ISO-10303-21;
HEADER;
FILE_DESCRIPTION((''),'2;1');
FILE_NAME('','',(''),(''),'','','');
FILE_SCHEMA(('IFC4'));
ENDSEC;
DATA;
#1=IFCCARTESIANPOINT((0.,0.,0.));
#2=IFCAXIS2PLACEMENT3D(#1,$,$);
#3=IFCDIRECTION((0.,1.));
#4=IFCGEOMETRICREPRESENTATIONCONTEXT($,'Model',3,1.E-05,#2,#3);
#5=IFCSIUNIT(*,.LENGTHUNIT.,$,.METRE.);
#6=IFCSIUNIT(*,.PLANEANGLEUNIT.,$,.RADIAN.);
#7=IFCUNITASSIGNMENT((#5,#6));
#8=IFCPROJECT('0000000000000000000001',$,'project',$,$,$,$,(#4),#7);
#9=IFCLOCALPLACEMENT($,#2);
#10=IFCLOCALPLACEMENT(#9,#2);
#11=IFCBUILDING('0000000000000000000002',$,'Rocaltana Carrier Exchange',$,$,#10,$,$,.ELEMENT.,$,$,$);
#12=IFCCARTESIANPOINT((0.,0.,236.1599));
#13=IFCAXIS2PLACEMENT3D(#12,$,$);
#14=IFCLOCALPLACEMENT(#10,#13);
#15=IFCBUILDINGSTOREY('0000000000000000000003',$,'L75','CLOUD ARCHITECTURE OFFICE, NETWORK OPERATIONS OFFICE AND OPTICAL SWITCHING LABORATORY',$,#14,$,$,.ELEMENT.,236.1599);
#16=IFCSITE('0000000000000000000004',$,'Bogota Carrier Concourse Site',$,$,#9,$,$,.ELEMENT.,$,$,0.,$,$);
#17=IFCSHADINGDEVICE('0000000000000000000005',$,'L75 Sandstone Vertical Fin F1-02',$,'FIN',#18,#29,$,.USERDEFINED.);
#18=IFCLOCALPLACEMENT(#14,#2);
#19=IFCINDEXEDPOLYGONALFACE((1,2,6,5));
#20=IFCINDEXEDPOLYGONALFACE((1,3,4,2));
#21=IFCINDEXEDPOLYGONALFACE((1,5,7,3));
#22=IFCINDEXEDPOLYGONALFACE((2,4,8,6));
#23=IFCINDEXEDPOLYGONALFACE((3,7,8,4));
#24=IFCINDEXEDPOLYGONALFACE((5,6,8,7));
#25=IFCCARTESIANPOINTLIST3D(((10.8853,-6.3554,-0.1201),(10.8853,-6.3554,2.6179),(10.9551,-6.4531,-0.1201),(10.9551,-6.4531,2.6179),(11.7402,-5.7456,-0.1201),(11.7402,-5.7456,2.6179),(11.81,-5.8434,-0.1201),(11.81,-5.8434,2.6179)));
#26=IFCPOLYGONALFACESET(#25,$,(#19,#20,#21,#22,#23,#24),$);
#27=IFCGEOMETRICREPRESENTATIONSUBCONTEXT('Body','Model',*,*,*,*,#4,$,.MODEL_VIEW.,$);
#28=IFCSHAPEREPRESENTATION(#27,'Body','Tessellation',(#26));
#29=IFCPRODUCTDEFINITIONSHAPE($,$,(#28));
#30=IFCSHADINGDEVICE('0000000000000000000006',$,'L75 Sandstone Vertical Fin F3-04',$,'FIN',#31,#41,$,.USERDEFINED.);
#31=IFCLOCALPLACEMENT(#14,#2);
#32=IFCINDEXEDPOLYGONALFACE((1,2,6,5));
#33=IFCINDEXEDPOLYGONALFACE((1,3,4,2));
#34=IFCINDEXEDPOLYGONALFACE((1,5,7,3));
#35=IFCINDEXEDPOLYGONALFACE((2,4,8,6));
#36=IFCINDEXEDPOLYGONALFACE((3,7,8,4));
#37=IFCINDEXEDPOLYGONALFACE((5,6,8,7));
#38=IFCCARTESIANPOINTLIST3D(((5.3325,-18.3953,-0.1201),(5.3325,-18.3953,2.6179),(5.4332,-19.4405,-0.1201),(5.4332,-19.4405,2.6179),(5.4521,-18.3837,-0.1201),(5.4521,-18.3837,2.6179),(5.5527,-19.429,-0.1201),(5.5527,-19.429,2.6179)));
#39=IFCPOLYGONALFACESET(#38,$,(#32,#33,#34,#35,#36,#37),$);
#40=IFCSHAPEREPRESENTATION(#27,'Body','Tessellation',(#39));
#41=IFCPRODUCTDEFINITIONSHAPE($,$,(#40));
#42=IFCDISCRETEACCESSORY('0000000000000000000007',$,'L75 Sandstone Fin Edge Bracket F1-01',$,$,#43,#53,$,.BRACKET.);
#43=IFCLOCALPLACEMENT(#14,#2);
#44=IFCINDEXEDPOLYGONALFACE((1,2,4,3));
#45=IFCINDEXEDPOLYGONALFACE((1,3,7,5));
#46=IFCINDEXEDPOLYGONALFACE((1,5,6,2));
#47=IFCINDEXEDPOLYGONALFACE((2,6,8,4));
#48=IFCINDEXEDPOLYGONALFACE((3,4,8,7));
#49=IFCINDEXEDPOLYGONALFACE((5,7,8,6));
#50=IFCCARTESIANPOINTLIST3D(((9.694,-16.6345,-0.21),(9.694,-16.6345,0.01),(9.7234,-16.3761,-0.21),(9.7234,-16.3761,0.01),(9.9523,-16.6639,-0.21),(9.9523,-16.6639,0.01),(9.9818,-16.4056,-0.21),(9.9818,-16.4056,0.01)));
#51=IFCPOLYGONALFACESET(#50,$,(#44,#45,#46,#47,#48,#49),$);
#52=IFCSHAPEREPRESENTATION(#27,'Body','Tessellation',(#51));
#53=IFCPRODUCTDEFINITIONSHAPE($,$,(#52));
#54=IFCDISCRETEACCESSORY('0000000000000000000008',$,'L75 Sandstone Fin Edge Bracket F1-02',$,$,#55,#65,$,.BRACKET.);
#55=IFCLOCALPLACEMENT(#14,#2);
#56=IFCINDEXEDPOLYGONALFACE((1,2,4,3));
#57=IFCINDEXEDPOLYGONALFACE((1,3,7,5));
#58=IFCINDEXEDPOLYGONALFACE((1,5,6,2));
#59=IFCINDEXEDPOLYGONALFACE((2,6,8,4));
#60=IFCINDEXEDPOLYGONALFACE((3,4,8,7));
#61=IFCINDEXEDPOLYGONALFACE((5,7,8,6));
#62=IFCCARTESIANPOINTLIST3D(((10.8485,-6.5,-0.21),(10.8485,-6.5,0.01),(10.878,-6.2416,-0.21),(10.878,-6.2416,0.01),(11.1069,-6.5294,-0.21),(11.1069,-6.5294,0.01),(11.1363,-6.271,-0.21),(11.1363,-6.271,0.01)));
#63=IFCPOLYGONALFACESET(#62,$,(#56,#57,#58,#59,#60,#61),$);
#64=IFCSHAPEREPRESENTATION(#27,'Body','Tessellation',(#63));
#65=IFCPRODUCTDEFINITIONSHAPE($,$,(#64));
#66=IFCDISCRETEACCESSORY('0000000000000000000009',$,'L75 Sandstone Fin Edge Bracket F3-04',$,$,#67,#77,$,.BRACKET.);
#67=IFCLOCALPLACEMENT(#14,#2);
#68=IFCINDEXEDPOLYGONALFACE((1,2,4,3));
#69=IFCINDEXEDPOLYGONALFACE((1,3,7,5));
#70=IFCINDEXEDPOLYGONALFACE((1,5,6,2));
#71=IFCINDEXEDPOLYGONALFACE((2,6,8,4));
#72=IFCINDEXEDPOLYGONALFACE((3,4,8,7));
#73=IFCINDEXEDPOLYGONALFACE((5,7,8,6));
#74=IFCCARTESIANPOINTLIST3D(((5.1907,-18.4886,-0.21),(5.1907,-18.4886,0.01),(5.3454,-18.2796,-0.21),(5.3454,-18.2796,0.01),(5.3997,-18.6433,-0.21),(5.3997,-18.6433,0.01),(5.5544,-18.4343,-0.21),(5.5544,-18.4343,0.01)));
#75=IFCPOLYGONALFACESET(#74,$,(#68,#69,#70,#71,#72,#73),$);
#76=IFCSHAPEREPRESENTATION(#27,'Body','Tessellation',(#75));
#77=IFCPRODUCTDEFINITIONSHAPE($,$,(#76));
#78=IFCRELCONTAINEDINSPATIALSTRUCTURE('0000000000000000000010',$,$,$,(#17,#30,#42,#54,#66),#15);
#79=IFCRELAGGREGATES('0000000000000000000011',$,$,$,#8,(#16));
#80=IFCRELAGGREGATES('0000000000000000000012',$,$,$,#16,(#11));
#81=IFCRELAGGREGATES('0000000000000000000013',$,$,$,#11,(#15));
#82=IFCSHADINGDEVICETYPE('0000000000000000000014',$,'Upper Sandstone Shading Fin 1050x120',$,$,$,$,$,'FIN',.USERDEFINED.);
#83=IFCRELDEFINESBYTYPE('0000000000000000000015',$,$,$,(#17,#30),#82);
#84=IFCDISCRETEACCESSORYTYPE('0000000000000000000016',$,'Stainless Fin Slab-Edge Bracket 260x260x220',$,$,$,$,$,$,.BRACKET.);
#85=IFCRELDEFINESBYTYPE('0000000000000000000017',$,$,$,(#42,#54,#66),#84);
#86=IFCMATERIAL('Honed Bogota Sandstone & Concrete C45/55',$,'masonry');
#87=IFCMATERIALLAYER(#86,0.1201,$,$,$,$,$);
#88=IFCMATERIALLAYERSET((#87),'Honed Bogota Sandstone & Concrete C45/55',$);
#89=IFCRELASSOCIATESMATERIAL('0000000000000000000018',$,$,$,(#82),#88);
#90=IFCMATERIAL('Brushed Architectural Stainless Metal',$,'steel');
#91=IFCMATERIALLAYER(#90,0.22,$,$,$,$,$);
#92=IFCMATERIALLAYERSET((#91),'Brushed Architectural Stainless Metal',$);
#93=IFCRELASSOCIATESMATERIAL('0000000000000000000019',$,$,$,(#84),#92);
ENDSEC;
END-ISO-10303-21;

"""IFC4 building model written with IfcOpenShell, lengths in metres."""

from ifc_helpers import new_model, si_unit, direction, frame, origin, origin_2d, place, context, subcontext, project, spatial, rectangle, extrude, material, layer, layer_set, type_object, element, save


model = new_model("IFC4")

# Units and contexts
model_context = context("Model", 3, precision=1e-05, world=origin(), true_north=direction((0.0, 1.0)))
body_context = subcontext(model_context, "Body", "Model", "MODEL_VIEW")
ifc_project = project(units=[si_unit("LENGTHUNIT", "METRE"), si_unit("PLANEANGLEUNIT", "RADIAN")], contexts=[model_context])

# Site, building, storey
site_placement = place(None, origin())
site = spatial("IfcSite", under=ifc_project, at=site_placement, Name="Bogota Carrier Concourse Site", CompositionType="ELEMENT", RefElevation=0.0)
building_placement = place(site_placement, origin())
building = spatial("IfcBuilding", under=site, at=building_placement, Name="Rocaltana Carrier Exchange", CompositionType="ELEMENT")
storey_placement = place(building_placement, frame((0.0, 0.0, 236.1599)))
storey = spatial("IfcBuildingStorey", under=building, at=storey_placement, Name="L75", Description="CLOUD ARCHITECTURE OFFICE, NETWORK OPERATIONS OFFICE AND OPTICAL SWITCHING LABORATORY", CompositionType="ELEMENT", Elevation=236.1599)

# Shading devices
ifc_material_1 = material(Name="Honed Bogota Sandstone & Concrete C45/55", Category="masonry")
ifc_layer_1 = layer(ifc_material_1, 0.1201)
ifc_layer_set_1 = layer_set([ifc_layer_1], Name="Honed Bogota Sandstone & Concrete C45/55")
shading_device_type = type_object("IfcShadingDeviceType", Name="Upper Sandstone Shading Fin 1050x120", ElementType="FIN", PredefinedType="USERDEFINED", material=ifc_layer_set_1)
for number, where, z_axis, x_axis, name in (
    (1, (11.3477, -6.0994, -0.1201), (0.0, 0.0, 1.0), (0.814116, 0.580703, 0.0), "L75 Sandstone Vertical Fin F1-02"),
    (2, (5.4426, -18.9121, -0.1201), (0.0, 0.0, 1.0), (0.095846, -0.995396, 0.0), "L75 Sandstone Vertical Fin F3-04"),
):
    element("IfcShadingDevice", number, at=place(storey_placement, frame(where, z_axis=z_axis, x_axis=x_axis)), inside=storey, type_object=shading_device_type, Name=name, ObjectType="FIN", PredefinedType="USERDEFINED", context=body_context, shape_type="SweptSolid", body=[
        extrude(rectangle(XDim=1.05, YDim=0.1201, at=origin_2d()), origin(), (0.0, 0.0, 1.0), 2.738),
    ])

# Discrete accessories
ifc_material_2 = material(Name="Brushed Architectural Stainless Metal", Category="steel")
ifc_layer_2 = layer(ifc_material_2, 0.22)
ifc_layer_set_2 = layer_set([ifc_layer_2], Name="Brushed Architectural Stainless Metal")
discrete_accessory_type = type_object("IfcDiscreteAccessoryType", Name="Stainless Fin Slab-Edge Bracket 260x260x220", PredefinedType="BRACKET", material=ifc_layer_set_2)
for number, where, z_axis, x_axis, name in (
    (3, (9.8379, -16.52, -0.21), (0.0, 0.0, 1.0), (0.113203, 0.993572, 0.0), "L75 Sandstone Fin Edge Bracket F1-01"),
    (4, (10.9924, -6.3855, -0.21), (0.0, 0.0, 1.0), (0.113203, 0.993572, 0.0), "L75 Sandstone Fin Edge Bracket F1-02"),
    (5, (5.3726, -18.4614, -0.21), (0.0, 0.0, 1.0), (0.803857, -0.594823, 0.0), "L75 Sandstone Fin Edge Bracket F3-04"),
):
    element("IfcDiscreteAccessory", number, at=place(storey_placement, frame(where, z_axis=z_axis, x_axis=x_axis)), inside=storey, type_object=discrete_accessory_type, Name=name, PredefinedType="BRACKET", context=body_context, shape_type="SweptSolid", body=[
        extrude(rectangle(XDim=0.26, YDim=0.26, at=origin_2d()), origin(), (0.0, 0.0, 1.0), 0.22),
    ])

save(model, "model.ifc")
